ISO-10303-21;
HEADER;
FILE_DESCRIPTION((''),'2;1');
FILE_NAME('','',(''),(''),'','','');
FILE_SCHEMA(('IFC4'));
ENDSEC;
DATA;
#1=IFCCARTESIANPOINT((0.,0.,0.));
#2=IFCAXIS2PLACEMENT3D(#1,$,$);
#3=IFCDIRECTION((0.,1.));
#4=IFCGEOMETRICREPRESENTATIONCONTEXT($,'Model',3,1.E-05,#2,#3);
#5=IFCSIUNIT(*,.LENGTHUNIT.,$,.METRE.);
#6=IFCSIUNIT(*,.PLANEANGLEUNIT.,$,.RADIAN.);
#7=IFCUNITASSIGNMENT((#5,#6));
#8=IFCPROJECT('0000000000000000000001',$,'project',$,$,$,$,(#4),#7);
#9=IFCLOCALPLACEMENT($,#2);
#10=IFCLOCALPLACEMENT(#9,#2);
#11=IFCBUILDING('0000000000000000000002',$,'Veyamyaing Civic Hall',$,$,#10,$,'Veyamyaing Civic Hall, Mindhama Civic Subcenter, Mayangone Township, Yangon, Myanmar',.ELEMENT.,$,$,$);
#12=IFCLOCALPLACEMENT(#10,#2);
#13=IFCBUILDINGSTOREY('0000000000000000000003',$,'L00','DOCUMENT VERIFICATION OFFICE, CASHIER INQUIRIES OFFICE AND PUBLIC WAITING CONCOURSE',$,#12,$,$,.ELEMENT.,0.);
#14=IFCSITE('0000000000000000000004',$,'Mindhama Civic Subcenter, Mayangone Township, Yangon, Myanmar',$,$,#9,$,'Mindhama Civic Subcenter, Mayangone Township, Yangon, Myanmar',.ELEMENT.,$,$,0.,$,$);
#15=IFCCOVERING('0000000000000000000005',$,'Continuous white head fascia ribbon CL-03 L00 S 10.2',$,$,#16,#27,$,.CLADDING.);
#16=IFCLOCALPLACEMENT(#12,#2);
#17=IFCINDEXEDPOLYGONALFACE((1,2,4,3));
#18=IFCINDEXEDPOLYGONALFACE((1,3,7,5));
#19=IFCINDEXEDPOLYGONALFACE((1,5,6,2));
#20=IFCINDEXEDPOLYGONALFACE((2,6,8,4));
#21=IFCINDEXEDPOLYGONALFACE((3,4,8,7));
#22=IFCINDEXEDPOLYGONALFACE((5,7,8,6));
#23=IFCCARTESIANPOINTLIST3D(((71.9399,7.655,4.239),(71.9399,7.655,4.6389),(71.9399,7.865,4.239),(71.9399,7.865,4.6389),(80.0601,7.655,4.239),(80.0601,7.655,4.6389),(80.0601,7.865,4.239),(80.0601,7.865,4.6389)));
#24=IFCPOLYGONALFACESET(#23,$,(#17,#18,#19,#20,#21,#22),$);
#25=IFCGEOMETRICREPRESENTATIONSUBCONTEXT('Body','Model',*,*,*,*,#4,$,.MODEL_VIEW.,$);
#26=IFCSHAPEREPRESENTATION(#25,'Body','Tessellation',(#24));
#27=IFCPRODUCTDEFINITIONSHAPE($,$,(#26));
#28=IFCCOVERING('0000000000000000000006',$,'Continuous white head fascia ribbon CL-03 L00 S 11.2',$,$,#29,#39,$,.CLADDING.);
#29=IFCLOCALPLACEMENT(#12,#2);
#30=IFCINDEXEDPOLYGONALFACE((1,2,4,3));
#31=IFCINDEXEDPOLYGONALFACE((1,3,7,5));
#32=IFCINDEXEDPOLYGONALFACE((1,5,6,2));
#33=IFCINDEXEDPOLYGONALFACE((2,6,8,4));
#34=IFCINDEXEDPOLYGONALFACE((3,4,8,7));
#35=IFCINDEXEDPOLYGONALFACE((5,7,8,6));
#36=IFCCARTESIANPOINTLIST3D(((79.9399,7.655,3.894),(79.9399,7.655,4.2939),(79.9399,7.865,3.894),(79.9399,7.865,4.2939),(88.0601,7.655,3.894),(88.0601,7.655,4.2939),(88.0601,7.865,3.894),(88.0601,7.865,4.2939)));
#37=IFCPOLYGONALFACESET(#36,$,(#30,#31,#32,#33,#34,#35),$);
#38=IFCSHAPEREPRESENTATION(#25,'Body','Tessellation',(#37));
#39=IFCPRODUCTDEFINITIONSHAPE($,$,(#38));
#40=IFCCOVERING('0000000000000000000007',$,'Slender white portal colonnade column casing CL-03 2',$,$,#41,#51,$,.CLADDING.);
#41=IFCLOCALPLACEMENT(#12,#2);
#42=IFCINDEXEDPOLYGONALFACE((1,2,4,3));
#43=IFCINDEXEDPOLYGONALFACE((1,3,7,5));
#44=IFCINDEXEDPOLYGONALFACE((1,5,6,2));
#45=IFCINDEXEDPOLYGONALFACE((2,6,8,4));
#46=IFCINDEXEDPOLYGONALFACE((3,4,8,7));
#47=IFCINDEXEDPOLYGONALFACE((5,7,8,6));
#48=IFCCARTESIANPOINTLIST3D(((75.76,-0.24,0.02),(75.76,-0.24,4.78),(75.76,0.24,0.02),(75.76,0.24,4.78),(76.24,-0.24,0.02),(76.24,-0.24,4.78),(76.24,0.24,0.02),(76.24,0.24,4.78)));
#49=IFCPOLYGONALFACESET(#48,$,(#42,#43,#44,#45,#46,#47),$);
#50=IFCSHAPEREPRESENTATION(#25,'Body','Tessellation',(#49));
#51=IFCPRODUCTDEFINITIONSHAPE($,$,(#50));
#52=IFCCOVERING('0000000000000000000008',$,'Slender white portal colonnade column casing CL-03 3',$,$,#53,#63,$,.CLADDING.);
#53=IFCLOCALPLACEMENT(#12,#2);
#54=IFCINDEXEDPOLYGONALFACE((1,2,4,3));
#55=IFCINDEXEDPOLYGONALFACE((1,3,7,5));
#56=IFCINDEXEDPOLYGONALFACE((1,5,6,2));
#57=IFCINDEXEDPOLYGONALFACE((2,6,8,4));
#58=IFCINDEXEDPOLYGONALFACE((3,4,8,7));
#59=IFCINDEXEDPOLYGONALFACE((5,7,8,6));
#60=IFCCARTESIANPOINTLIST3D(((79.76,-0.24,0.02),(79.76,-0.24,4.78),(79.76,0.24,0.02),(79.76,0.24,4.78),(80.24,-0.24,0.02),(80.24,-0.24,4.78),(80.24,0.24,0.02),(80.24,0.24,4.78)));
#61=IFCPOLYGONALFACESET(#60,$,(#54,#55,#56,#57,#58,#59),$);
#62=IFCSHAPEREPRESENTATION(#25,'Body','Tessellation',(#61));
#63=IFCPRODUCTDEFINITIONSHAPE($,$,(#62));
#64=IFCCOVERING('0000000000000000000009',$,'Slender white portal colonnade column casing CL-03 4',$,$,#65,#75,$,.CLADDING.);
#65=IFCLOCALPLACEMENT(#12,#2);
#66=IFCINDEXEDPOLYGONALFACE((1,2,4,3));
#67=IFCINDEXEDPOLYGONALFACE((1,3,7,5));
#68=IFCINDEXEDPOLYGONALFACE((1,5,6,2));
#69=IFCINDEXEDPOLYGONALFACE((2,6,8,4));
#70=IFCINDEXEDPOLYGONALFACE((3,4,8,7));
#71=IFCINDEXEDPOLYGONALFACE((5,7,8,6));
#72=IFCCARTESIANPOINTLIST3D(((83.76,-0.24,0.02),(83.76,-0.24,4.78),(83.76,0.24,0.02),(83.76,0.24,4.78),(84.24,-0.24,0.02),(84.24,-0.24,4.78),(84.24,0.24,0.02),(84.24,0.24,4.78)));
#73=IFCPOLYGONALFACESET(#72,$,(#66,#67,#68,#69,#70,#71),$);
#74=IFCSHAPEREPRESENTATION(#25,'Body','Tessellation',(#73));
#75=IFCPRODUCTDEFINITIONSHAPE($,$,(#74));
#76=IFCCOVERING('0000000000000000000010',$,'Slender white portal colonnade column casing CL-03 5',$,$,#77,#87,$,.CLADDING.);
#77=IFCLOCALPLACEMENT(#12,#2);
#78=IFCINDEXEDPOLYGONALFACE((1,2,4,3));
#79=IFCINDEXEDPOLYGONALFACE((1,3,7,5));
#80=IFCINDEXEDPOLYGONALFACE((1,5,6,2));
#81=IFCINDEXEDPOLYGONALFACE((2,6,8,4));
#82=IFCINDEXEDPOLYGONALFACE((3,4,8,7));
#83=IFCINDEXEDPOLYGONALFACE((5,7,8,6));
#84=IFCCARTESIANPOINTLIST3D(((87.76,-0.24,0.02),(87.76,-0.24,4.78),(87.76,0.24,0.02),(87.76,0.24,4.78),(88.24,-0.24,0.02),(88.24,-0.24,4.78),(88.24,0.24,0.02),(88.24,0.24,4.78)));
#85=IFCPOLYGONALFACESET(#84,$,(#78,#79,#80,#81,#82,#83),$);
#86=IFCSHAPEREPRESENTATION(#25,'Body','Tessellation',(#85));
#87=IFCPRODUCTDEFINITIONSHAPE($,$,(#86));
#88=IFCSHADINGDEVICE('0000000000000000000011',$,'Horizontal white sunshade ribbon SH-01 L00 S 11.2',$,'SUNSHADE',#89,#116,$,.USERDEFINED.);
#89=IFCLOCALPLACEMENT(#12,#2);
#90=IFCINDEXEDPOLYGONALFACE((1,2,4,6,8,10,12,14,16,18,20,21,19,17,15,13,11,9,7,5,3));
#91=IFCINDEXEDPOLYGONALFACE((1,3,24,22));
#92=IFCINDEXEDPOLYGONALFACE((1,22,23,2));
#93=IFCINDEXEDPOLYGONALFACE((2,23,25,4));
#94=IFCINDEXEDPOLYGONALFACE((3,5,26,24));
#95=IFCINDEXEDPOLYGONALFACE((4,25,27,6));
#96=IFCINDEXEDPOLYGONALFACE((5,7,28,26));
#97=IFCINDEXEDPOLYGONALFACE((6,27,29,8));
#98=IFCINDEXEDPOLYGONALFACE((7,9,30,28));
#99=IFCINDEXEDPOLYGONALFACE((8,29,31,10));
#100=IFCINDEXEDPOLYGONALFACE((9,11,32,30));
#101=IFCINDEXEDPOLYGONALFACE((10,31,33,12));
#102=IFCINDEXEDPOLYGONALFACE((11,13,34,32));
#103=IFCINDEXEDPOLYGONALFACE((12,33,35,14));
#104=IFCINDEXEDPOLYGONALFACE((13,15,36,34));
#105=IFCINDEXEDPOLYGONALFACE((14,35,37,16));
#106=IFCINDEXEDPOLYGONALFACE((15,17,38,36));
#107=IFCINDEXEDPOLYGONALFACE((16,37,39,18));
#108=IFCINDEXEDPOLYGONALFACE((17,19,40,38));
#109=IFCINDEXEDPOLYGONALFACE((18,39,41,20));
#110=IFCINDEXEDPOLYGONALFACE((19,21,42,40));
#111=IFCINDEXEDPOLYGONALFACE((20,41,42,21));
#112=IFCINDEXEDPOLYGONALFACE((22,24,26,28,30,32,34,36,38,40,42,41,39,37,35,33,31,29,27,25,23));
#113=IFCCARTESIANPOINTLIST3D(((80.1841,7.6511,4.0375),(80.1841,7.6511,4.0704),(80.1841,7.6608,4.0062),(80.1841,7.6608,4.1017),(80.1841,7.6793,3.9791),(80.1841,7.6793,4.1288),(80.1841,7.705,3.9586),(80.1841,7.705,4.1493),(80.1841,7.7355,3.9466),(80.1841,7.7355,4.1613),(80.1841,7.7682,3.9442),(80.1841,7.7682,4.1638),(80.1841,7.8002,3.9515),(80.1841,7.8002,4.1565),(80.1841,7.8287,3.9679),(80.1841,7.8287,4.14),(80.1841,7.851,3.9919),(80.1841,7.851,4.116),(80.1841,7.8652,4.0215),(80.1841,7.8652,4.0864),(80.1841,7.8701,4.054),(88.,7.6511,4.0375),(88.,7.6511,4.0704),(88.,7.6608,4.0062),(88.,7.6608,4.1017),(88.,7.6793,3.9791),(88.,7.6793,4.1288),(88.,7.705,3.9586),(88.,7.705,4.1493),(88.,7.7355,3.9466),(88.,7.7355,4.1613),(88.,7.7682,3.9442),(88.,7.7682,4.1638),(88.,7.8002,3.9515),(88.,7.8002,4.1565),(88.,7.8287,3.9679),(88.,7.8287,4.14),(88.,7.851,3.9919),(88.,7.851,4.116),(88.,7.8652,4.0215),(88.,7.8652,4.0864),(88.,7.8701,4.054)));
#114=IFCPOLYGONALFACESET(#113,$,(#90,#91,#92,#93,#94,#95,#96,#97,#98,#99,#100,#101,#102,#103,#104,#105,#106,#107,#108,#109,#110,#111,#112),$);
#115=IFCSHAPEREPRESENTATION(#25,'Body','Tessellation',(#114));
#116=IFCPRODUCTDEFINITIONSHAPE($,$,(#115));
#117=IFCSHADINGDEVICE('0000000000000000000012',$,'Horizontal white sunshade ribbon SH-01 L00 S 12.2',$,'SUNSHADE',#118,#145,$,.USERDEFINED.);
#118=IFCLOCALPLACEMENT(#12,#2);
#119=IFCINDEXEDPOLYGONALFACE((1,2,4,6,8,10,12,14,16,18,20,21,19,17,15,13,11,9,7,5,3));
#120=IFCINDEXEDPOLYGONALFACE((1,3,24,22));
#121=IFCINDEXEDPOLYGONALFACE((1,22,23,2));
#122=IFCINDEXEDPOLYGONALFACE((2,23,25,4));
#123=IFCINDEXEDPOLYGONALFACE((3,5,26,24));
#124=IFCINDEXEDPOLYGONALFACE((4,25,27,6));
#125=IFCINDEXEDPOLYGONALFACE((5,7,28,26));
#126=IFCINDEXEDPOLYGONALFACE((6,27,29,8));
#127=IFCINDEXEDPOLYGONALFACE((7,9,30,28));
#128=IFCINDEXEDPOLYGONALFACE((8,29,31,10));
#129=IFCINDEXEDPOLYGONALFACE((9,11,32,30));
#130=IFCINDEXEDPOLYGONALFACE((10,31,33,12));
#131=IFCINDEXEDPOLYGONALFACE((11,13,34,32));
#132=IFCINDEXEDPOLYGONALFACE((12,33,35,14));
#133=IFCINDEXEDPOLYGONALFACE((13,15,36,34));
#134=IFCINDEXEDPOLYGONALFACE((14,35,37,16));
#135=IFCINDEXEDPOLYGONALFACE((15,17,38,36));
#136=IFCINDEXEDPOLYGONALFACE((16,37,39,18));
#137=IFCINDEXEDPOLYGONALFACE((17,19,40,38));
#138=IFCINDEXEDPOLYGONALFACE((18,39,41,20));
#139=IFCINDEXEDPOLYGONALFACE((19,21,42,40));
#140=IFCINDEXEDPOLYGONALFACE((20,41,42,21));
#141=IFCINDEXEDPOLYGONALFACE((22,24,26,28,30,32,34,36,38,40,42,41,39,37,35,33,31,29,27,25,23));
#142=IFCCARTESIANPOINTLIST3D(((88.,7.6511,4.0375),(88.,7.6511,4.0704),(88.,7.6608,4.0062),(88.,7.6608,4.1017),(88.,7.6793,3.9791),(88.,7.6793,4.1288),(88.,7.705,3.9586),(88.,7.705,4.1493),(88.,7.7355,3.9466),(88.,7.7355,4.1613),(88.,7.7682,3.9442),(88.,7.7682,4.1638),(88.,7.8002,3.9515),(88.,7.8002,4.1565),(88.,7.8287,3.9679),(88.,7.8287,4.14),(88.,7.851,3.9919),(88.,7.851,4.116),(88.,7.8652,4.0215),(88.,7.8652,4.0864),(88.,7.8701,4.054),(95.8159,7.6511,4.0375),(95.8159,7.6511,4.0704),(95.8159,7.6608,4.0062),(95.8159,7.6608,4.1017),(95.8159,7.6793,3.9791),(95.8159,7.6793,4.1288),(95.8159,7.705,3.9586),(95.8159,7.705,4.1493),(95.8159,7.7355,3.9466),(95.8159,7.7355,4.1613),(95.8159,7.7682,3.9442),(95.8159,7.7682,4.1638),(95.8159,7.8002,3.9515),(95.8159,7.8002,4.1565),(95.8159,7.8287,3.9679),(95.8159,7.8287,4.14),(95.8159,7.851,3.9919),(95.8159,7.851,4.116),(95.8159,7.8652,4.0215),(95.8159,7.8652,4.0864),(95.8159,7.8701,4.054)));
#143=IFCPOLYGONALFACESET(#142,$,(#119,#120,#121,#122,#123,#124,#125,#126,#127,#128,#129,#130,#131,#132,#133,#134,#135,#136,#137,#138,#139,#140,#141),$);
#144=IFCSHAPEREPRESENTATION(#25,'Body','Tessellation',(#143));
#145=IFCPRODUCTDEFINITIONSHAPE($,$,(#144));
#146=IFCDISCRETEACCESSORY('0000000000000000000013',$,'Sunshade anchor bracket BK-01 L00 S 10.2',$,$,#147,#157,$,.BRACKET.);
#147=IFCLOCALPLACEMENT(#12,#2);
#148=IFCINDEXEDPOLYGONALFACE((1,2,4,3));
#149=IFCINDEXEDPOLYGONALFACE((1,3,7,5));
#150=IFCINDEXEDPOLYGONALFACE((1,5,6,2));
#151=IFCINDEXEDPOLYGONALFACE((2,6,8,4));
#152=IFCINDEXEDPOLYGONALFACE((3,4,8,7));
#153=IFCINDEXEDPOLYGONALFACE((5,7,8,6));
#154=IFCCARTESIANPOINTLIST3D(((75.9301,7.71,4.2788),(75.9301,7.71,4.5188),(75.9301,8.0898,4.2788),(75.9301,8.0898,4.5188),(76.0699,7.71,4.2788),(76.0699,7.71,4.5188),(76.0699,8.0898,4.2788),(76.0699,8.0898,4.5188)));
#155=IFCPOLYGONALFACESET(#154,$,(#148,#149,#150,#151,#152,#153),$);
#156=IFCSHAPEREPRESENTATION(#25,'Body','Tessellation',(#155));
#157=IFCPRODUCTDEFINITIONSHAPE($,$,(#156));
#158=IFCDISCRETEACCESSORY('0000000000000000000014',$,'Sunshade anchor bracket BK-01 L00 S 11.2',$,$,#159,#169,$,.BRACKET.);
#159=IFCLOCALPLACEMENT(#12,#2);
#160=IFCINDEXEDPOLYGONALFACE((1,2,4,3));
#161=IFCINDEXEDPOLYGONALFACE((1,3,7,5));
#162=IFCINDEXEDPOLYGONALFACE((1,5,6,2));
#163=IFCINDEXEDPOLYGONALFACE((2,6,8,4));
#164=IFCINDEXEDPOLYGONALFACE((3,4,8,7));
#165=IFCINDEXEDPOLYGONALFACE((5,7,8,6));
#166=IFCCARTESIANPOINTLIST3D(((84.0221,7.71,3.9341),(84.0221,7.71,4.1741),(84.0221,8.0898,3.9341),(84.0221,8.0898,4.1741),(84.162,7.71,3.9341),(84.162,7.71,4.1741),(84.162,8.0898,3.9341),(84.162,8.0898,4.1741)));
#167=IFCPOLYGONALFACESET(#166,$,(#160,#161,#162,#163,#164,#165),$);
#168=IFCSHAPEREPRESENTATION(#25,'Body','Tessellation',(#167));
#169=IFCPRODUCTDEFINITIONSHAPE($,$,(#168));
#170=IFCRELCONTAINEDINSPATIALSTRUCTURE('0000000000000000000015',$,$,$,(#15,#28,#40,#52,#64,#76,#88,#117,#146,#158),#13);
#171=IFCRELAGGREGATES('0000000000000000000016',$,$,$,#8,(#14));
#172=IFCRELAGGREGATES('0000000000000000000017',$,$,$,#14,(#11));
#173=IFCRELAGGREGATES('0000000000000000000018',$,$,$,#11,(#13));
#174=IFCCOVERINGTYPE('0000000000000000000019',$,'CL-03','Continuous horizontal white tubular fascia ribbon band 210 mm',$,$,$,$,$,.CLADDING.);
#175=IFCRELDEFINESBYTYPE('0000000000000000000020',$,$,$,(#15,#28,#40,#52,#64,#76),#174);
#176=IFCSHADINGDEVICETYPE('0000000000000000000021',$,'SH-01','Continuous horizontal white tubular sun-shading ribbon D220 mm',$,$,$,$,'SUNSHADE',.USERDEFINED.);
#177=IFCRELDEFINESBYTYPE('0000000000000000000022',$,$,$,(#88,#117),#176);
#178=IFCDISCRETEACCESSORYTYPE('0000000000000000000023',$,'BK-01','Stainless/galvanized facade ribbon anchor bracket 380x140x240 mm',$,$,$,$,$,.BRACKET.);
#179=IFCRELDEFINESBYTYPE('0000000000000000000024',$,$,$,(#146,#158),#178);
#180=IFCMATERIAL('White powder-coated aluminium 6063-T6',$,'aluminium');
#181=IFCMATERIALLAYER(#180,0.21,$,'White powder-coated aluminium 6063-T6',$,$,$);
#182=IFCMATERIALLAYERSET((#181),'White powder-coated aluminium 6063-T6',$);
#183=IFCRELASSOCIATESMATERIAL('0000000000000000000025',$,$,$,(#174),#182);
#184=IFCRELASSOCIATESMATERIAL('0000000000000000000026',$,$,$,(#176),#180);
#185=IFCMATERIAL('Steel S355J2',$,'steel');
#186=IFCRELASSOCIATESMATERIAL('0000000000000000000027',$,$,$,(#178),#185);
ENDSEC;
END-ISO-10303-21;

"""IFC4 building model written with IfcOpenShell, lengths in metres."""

from ifc_helpers import new_model, si_unit, direction, frame, origin, origin_2d, place, context, subcontext, project, spatial, rectangle, circle, extrude, material, layer, layer_set, material_profile, profile_set, type_object, element, save


model = new_model("IFC4")

# Units and contexts
model_context = context("Model", 3, precision=1e-05, world=origin(), true_north=direction((0.0, 1.0)))
body_context = subcontext(model_context, "Body", "Model", "MODEL_VIEW")
ifc_project = project(units=[si_unit("LENGTHUNIT", "METRE"), si_unit("PLANEANGLEUNIT", "RADIAN")], contexts=[model_context])

# Site, building, storey
site_placement = place(None, origin())
site = spatial("IfcSite", under=ifc_project, at=site_placement, Name="Mindhama Civic Subcenter, Mayangone Township, Yangon, Myanmar", LongName="Mindhama Civic Subcenter, Mayangone Township, Yangon, Myanmar", CompositionType="ELEMENT", RefElevation=0.0)
building_placement = place(site_placement, origin())
building = spatial("IfcBuilding", under=site, at=building_placement, Name="Veyamyaing Civic Hall", LongName="Veyamyaing Civic Hall, Mindhama Civic Subcenter, Mayangone Township, Yangon, Myanmar", CompositionType="ELEMENT")
storey_placement = place(building_placement, origin())
storey = spatial("IfcBuildingStorey", under=building, at=storey_placement, Name="L00", Description="DOCUMENT VERIFICATION OFFICE, CASHIER INQUIRIES OFFICE AND PUBLIC WAITING CONCOURSE", CompositionType="ELEMENT", Elevation=0.0)

# Shared definitions
ifc_material_1 = material(Name="Steel S355J2", Category="steel")

# Coverings
ifc_material_2 = material(Name="White powder-coated aluminium 6063-T6", Category="aluminium")
ifc_layer_1 = layer(ifc_material_2, 0.21, Name="White powder-coated aluminium 6063-T6")
ifc_layer_set_1 = layer_set([ifc_layer_1], Name="White powder-coated aluminium 6063-T6")
covering_type_1 = type_object("IfcCoveringType", Name="CL-03", Description="Continuous horizontal white tubular fascia ribbon band 210 mm", PredefinedType="CLADDING", material=ifc_layer_set_1)
for number, where, z_axis, x_axis, name in (
    (1, (76.0, 7.76, 4.239), (0.0, 0.0, 1.0), (1.0, 0.0, 0.0), "Continuous white head fascia ribbon CL-03 L00 S 10.2"),
    (2, (84.0, 7.76, 3.894), (0.0, 0.0, 1.0), (1.0, 0.0, 0.0), "Continuous white head fascia ribbon CL-03 L00 S 11.2"),
):
    element("IfcCovering", number, at=place(storey_placement, frame(where, z_axis=z_axis, x_axis=x_axis)), inside=storey, type_object=covering_type_1, Name=name, PredefinedType="CLADDING", context=body_context, shape_type="SweptSolid", body=[
        extrude(rectangle(XDim=8.1201, YDim=0.21, at=origin_2d()), origin(), (0.0, 0.0, 1.0), 0.3999),
    ])
for number, where, z_axis, x_axis, name in (
    (3, (76.0, 0.0, 0.02), (0.0, 0.0, 1.0), (1.0, 0.0, 0.0), "Slender white portal colonnade column casing CL-03 2"),
    (4, (80.0, 0.0, 0.02), (0.0, 0.0, 1.0), (1.0, 0.0, 0.0), "Slender white portal colonnade column casing CL-03 3"),
    (5, (84.0, 0.0, 0.02), (0.0, 0.0, 1.0), (1.0, 0.0, 0.0), "Slender white portal colonnade column casing CL-03 4"),
    (6, (88.0, 0.0, 0.02), (0.0, 0.0, 1.0), (1.0, 0.0, 0.0), "Slender white portal colonnade column casing CL-03 5"),
):
    element("IfcCovering", number, at=place(storey_placement, frame(where, z_axis=z_axis, x_axis=x_axis)), inside=storey, type_object=covering_type_1, Name=name, PredefinedType="CLADDING", context=body_context, shape_type="SweptSolid", body=[
        extrude(rectangle(XDim=0.48, YDim=0.48, at=origin_2d()), origin(), (0.0, 0.0, 1.0), 4.76),
    ])

# Shading devices
ifc_material_profile_1 = material_profile(ifc_material_2, circle(Radius=0.1101, at=origin_2d()), Name="SHADE-TUBE-220")
ifc_profile_set_1 = profile_set([ifc_material_profile_1], Name="White powder-coated aluminium 6063-T6")
shading_device_type = type_object("IfcShadingDeviceType", Name="SH-01", Description="Continuous horizontal white tubular sun-shading ribbon D220 mm", ElementType="SUNSHADE", PredefinedType="USERDEFINED", material=ifc_profile_set_1)
for number, where, z_axis, x_axis, name in (
    (7, (80.1841, 7.76, 4.054), (1.0, 0.0, 0.0), (0.0, 1.0, 0.0), "Horizontal white sunshade ribbon SH-01 L00 S 11.2"),
    (8, (88.0, 7.76, 4.054), (1.0, 0.0, 0.0), (0.0, 1.0, 0.0), "Horizontal white sunshade ribbon SH-01 L00 S 12.2"),
):
    element("IfcShadingDevice", number, at=place(storey_placement, frame(where, z_axis=z_axis, x_axis=x_axis)), inside=storey, type_object=shading_device_type, Name=name, ObjectType="SUNSHADE", PredefinedType="USERDEFINED", context=body_context, shape_type="SweptSolid", body=[
        extrude(circle(Radius=0.1101, at=origin_2d()), origin(), (0.0, 0.0, 1.0), 7.8159),
    ])

# Discrete accessories
discrete_accessory_type = type_object("IfcDiscreteAccessoryType", Name="BK-01", Description="Stainless/galvanized facade ribbon anchor bracket 380x140x240 mm", PredefinedType="BRACKET", material=ifc_material_1)
for number, where, z_axis, x_axis, name in (
    (9, (76.0, 7.8999, 4.2788), (0.0, 0.0, 1.0), (0.0, -1.0, 0.0), "Sunshade anchor bracket BK-01 L00 S 10.2"),
    (10, (84.092, 7.8999, 3.9341), (0.0, 0.0, 1.0), (0.0, -1.0, 0.0), "Sunshade anchor bracket BK-01 L00 S 11.2"),
):
    element("IfcDiscreteAccessory", number, at=place(storey_placement, frame(where, z_axis=z_axis, x_axis=x_axis)), inside=storey, type_object=discrete_accessory_type, Name=name, PredefinedType="BRACKET", context=body_context, shape_type="SweptSolid", body=[
        extrude(rectangle(XDim=0.3799, YDim=0.1399, at=origin_2d()), origin(), (0.0, 0.0, 1.0), 0.24),
    ])

save(model, "model.ifc")
